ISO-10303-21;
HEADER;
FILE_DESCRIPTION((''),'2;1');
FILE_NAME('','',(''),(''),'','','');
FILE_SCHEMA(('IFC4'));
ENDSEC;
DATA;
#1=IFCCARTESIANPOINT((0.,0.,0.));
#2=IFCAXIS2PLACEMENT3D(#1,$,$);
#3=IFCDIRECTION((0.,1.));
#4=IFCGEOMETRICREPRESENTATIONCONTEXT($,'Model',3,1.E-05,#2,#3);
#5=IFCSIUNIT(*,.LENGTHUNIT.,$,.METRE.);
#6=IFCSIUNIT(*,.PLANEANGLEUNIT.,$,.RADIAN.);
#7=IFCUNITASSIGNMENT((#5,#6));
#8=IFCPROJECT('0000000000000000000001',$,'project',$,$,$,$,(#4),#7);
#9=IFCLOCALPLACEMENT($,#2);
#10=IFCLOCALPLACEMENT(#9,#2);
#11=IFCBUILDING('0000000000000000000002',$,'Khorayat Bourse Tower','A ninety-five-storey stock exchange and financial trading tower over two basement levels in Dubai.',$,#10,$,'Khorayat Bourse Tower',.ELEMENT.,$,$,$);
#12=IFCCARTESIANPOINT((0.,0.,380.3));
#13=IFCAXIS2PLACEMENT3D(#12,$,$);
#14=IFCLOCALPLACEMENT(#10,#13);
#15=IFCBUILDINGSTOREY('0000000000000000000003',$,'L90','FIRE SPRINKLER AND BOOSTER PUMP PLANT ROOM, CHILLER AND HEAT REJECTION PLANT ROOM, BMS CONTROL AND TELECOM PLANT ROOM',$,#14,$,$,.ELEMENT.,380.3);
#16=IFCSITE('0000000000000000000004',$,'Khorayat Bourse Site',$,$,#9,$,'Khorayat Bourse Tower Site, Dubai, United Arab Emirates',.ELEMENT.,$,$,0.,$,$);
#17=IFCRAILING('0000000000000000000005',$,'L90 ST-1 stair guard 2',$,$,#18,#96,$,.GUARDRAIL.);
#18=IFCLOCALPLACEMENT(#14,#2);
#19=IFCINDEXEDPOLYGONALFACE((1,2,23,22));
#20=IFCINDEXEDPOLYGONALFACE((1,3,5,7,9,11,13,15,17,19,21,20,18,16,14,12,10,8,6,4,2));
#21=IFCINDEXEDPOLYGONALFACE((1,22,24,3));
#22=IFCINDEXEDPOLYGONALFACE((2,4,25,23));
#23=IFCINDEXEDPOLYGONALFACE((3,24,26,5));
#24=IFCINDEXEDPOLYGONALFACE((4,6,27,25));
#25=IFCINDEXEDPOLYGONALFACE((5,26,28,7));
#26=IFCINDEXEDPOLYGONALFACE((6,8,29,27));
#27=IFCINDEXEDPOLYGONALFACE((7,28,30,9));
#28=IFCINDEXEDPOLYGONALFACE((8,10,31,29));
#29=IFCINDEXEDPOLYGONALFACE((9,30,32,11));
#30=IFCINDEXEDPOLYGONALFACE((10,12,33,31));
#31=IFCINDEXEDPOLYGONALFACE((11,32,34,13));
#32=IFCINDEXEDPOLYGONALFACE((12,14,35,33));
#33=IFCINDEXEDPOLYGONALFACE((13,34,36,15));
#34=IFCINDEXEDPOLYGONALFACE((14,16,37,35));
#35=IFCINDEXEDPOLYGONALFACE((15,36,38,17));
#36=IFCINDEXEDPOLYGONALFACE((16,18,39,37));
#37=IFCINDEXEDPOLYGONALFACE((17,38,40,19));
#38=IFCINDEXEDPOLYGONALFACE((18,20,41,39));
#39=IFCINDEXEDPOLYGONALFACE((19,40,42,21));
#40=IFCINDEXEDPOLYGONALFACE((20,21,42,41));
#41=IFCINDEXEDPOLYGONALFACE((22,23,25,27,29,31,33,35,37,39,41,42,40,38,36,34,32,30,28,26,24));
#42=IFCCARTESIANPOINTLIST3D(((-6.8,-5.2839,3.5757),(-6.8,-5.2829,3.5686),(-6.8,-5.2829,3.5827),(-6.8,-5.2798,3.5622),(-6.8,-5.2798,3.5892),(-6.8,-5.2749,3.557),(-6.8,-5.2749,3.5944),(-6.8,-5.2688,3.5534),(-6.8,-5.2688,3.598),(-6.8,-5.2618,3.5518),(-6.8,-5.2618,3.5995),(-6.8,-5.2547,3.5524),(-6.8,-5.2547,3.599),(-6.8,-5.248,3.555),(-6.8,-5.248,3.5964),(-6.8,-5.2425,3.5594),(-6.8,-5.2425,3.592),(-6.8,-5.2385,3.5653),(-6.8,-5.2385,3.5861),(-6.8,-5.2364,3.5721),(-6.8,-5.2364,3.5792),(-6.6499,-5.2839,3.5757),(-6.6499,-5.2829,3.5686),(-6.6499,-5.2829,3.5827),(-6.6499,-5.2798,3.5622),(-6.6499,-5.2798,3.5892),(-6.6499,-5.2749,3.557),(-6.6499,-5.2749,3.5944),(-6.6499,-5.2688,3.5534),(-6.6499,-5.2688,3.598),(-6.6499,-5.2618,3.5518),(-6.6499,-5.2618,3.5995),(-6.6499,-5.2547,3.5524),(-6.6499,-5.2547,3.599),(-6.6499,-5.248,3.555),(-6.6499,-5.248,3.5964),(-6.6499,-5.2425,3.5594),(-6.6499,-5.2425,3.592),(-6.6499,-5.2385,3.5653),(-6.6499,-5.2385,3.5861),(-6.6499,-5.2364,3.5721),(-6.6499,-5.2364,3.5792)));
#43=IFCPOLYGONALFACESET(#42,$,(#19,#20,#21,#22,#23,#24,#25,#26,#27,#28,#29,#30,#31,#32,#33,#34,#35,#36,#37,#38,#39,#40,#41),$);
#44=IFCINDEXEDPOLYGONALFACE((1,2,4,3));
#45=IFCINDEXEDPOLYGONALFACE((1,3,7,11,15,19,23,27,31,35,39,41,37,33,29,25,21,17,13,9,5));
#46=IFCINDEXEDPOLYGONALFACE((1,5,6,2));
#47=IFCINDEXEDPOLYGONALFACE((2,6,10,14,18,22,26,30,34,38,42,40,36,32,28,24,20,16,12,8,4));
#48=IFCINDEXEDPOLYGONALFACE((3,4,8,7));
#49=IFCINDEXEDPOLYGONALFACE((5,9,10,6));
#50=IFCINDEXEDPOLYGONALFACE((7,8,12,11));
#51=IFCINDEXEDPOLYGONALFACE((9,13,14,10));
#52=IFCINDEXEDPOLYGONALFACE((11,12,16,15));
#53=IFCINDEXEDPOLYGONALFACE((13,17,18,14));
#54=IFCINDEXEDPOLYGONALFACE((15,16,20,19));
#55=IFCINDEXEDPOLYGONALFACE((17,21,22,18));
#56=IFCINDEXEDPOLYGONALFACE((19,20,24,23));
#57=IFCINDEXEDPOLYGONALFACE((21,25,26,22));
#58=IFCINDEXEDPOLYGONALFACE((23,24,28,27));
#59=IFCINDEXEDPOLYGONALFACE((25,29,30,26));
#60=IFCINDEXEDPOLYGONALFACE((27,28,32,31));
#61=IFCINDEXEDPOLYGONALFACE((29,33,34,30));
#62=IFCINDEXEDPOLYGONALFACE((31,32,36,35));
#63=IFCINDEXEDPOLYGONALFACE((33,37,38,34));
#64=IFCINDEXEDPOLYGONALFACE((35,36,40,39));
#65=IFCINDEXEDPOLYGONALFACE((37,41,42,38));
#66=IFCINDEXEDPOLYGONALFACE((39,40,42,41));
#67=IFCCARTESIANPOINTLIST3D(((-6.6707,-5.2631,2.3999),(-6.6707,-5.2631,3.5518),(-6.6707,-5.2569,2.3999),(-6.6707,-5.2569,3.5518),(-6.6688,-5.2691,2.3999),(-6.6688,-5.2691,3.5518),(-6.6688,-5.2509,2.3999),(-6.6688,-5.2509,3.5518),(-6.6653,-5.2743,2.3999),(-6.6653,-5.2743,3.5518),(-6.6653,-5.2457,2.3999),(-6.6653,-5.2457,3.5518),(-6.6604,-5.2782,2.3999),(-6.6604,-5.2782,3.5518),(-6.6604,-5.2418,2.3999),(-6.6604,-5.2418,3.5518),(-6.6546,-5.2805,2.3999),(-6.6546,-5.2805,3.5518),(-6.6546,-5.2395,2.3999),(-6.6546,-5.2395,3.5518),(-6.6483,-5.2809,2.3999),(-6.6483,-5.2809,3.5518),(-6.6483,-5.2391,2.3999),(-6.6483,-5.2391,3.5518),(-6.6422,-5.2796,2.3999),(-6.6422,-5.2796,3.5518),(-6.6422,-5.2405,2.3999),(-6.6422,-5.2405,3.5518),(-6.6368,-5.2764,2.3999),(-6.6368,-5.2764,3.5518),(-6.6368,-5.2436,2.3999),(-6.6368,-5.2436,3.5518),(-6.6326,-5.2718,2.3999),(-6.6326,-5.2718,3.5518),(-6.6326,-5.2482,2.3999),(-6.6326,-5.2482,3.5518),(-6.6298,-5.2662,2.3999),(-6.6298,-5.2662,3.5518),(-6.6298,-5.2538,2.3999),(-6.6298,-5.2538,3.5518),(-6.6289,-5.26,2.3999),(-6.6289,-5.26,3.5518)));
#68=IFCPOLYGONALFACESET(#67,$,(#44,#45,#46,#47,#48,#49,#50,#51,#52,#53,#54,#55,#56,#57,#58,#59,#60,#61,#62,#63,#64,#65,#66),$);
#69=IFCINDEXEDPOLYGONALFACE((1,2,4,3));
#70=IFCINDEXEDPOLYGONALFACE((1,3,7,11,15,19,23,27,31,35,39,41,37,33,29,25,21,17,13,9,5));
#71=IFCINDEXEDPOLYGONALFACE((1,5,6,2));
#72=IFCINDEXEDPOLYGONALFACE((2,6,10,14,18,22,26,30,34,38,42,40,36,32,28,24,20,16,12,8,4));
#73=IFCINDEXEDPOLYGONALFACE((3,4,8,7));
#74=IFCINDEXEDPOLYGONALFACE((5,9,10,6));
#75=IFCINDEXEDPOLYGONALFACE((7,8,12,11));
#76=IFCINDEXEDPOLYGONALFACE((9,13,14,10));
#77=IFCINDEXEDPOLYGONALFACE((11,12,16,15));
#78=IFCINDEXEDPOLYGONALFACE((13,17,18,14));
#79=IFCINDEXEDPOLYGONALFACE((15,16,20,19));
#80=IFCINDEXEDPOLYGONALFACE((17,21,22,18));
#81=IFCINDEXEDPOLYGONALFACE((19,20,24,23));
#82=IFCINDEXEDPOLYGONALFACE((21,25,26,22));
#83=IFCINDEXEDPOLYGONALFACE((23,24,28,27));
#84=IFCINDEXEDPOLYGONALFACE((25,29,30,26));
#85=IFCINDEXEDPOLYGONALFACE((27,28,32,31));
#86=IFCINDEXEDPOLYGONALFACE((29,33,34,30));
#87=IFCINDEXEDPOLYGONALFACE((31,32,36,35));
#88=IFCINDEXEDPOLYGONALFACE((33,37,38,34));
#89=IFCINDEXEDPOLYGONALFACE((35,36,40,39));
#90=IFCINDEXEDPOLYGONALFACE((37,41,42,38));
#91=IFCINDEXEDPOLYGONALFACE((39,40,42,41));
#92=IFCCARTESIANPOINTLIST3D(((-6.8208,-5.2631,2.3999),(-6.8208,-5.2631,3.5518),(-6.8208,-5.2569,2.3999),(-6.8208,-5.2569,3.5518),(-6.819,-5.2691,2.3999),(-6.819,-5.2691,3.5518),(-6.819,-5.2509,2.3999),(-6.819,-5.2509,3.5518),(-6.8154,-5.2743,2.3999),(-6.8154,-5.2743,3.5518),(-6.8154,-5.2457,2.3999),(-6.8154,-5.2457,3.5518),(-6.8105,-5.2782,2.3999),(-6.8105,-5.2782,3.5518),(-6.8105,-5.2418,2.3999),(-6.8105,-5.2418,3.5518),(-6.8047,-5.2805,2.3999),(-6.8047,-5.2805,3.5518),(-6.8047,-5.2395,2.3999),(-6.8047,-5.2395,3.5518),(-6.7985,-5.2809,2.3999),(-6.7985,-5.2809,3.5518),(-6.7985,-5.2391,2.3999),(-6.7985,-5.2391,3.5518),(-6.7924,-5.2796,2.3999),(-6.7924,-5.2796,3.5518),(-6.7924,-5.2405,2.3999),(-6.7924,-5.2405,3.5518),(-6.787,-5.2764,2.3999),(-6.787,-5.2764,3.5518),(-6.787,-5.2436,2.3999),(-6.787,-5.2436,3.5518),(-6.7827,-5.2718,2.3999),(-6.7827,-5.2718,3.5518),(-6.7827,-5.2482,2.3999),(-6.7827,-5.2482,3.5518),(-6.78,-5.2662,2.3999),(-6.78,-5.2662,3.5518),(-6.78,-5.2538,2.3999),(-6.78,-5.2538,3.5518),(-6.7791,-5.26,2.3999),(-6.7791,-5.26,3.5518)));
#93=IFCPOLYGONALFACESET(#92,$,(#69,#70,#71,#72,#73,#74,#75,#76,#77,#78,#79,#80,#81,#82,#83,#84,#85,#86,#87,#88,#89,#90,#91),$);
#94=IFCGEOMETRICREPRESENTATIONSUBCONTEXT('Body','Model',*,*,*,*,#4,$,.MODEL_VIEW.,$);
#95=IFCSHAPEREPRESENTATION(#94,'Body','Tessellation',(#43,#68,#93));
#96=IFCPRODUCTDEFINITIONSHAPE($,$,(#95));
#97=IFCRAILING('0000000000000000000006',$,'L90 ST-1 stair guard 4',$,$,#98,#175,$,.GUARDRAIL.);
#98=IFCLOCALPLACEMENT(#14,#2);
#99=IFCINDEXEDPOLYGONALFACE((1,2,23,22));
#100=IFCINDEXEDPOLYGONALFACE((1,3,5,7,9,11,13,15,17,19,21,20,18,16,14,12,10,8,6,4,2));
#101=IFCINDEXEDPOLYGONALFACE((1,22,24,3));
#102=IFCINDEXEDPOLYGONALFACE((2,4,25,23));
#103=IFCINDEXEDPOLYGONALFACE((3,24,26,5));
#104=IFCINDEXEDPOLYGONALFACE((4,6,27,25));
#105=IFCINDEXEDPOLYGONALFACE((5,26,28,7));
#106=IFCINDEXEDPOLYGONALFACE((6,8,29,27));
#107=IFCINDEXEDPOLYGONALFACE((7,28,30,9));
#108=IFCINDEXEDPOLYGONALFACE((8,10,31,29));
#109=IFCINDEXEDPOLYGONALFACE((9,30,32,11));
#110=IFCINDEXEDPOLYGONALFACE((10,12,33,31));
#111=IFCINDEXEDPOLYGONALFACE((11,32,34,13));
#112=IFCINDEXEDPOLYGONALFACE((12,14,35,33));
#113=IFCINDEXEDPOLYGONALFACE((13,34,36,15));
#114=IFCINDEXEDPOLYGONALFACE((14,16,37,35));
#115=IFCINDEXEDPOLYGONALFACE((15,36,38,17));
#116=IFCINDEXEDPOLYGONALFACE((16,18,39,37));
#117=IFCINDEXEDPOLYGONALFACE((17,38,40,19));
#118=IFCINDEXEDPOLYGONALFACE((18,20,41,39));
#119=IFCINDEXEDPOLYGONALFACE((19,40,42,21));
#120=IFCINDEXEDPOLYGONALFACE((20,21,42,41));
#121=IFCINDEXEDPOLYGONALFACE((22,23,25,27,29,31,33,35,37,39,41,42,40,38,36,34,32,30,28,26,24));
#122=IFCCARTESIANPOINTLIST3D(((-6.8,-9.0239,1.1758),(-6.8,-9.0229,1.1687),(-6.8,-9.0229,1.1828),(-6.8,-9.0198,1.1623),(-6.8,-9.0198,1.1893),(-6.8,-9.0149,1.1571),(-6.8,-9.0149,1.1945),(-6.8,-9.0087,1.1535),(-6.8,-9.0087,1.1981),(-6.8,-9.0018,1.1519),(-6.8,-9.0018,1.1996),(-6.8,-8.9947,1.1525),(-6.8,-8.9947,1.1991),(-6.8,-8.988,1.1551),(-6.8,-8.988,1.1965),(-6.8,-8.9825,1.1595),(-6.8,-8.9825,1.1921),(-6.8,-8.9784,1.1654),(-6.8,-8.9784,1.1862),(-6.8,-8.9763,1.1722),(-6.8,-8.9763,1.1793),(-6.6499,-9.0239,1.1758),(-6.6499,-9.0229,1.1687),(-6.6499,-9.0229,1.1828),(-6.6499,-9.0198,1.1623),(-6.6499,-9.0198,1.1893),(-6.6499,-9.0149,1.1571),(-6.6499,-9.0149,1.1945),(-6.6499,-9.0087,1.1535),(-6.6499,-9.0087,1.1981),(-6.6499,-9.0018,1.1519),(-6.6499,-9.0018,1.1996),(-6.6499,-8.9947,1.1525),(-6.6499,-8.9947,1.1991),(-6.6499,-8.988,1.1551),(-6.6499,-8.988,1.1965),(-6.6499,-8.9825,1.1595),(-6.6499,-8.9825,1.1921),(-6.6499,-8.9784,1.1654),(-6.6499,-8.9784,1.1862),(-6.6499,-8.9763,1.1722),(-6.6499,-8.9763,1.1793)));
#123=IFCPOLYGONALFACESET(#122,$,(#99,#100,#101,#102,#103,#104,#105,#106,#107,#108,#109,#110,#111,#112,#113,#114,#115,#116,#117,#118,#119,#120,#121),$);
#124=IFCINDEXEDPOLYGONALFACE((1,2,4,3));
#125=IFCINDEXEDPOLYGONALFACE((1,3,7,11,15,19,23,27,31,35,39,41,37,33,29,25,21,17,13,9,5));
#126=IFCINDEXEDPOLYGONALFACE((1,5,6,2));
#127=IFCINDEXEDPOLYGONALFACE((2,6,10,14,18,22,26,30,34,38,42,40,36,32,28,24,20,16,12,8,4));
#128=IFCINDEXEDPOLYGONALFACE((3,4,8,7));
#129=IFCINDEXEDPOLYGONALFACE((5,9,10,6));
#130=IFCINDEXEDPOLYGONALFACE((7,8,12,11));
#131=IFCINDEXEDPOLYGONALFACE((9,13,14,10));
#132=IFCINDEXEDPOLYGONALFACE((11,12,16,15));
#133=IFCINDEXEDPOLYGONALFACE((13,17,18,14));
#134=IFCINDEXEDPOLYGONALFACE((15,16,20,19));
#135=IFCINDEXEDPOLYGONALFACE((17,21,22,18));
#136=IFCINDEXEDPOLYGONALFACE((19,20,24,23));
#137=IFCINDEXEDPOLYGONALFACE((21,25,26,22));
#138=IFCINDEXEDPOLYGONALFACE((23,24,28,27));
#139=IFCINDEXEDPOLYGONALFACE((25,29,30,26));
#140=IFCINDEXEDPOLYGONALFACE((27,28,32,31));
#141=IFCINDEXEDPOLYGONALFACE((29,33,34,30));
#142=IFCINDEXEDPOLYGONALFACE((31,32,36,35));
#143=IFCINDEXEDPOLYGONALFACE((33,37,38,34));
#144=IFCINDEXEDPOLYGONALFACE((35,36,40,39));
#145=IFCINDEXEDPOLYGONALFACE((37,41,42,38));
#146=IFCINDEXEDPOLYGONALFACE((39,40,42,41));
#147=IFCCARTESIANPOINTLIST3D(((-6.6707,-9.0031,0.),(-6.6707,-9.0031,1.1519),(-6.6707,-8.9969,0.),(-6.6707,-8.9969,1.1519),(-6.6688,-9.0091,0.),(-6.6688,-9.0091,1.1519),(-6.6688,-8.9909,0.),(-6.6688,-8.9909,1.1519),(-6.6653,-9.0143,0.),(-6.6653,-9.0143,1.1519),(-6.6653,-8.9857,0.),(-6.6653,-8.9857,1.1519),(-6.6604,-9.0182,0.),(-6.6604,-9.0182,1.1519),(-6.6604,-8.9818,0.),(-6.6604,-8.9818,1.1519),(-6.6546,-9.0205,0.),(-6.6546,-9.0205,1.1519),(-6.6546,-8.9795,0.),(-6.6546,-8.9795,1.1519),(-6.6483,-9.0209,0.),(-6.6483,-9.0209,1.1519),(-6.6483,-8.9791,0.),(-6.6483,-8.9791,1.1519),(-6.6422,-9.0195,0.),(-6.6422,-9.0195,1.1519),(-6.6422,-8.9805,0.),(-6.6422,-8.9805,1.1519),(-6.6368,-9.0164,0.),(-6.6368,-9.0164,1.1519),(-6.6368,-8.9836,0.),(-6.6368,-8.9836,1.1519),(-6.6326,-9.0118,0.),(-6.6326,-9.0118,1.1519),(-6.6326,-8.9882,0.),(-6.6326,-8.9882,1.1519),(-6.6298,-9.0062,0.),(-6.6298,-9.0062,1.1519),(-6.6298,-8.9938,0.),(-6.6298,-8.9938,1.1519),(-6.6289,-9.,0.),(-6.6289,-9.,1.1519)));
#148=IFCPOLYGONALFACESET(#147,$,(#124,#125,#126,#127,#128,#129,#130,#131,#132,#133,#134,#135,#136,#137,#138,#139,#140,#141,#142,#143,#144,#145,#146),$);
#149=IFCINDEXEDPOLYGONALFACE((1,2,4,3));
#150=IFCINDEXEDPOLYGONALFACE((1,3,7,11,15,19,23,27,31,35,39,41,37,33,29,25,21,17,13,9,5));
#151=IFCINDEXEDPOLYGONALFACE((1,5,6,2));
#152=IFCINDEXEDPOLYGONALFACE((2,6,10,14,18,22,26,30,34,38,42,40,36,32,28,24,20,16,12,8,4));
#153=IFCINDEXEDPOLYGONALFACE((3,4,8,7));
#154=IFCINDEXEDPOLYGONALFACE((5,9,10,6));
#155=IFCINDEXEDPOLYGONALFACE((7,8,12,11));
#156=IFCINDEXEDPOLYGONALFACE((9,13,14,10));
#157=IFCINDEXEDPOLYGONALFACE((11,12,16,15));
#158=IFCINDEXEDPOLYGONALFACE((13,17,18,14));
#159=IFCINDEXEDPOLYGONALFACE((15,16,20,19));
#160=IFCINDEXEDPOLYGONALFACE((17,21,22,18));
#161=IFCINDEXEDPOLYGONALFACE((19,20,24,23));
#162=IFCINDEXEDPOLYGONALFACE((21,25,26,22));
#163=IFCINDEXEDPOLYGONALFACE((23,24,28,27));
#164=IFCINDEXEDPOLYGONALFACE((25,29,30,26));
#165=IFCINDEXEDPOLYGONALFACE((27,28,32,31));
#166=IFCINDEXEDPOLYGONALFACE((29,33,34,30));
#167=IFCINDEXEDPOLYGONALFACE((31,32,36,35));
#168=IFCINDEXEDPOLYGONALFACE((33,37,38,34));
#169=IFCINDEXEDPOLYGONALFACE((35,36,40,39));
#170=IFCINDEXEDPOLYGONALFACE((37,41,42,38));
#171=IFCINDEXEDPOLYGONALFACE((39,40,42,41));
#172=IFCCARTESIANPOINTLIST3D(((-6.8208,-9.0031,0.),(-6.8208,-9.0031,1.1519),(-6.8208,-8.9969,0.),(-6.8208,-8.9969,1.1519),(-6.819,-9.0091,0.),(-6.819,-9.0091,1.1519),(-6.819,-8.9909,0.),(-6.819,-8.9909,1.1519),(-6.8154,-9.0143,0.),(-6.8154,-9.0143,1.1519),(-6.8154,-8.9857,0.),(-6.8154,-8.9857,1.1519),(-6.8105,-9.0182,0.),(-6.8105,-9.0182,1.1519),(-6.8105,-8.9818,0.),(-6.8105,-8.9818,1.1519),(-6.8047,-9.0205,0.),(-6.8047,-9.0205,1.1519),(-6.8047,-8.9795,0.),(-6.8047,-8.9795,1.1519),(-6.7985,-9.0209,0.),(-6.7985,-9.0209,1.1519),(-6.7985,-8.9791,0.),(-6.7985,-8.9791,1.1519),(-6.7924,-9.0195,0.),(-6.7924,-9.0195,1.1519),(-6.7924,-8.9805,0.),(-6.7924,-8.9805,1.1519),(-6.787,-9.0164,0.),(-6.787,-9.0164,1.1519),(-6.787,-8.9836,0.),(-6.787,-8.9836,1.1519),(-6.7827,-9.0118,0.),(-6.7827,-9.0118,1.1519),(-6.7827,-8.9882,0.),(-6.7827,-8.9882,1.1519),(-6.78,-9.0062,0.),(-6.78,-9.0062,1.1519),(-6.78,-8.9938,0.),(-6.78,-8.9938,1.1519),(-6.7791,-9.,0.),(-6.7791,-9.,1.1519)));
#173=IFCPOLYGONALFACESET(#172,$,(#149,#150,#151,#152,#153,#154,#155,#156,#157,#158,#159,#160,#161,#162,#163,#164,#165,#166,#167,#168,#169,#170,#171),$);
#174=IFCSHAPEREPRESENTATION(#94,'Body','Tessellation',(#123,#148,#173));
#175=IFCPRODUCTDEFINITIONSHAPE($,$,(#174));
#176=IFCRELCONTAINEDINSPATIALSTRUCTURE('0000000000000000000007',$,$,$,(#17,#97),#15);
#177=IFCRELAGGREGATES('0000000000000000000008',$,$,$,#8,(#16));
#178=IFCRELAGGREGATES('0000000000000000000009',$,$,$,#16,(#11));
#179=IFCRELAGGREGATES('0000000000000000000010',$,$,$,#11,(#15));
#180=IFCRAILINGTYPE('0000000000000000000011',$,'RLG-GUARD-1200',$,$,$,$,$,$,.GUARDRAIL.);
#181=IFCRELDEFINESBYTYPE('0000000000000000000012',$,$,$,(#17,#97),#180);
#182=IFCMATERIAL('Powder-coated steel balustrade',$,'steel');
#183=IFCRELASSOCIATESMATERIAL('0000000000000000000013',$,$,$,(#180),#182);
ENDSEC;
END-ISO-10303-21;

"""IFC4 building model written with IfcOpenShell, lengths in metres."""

from ifc_helpers import new_model, si_unit, direction, frame, origin, origin_2d, place, context, subcontext, project, spatial, circle, extrude, source, transform, mapped, material, type_object, element, save


model = new_model("IFC4")

# Units and contexts
model_context = context("Model", 3, precision=1e-05, world=origin(), true_north=direction((0.0, 1.0)))
body_context = subcontext(model_context, "Body", "Model", "MODEL_VIEW")
ifc_project = project(units=[si_unit("LENGTHUNIT", "METRE"), si_unit("PLANEANGLEUNIT", "RADIAN")], contexts=[model_context])

# Site, building, storey
site_placement = place(None, origin())
site = spatial("IfcSite", under=ifc_project, at=site_placement, Name="Khorayat Bourse Site", LongName="Khorayat Bourse Tower Site, Dubai, United Arab Emirates", CompositionType="ELEMENT", RefElevation=0.0)
building_placement = place(site_placement, origin())
building = spatial("IfcBuilding", under=site, at=building_placement, Name="Khorayat Bourse Tower", Description="A ninety-five-storey stock exchange and financial trading tower over two basement levels in Dubai.", LongName="Khorayat Bourse Tower", CompositionType="ELEMENT")
storey_placement = place(building_placement, frame((0.0, 0.0, 380.3)))
storey = spatial("IfcBuildingStorey", under=building, at=storey_placement, Name="L90", Description="FIRE SPRINKLER AND BOOSTER PUMP PLANT ROOM, CHILLER AND HEAT REJECTION PLANT ROOM, BMS CONTROL AND TELECOM PLANT ROOM", CompositionType="ELEMENT", Elevation=380.3)

# Railings
ifc_material_1 = material(Name="Powder-coated steel balustrade", Category="steel")
railing_type_1 = type_object("IfcRailingType", Name="RLG-GUARD-1200", PredefinedType="GUARDRAIL", material=ifc_material_1)
shared_shape_1 = source(origin(), body_context, "Body", "SweptSolid", [
    extrude(circle(Radius=0.0239, at=origin_2d()), frame((0.0, 0.0, 1.1758), z_axis=(-1.0, 0.0, 0.0), x_axis=(0.0, -1.0, 0.0)), (0.0, 0.0, 1.0), 0.1501),
    extrude(circle(Radius=0.021, at=origin_2d()), origin(), (0.0, 0.0, 1.0), 1.1519),
    extrude(circle(Radius=0.021, at=origin_2d()), frame((-0.1501, 0.0, 0.0)), (0.0, 0.0, 1.0), 1.1519),
])
for number, where, name in (
    (1, (-6.6499, -5.26, 2.3999), "L90 ST-1 stair guard 2"),
    (2, (-6.6499, -9.0, 0.0), "L90 ST-1 stair guard 4"),
):
    element("IfcRailing", number, at=place(storey_placement, frame(where)), inside=storey, type_object=railing_type_1, Name=name, PredefinedType="GUARDRAIL", context=body_context, shape_type="MappedRepresentation", body=[
        mapped(shared_shape_1, transform((0.0, 0.0, 0.0), scale=1.0)),
    ])

save(model, "model.ifc")
